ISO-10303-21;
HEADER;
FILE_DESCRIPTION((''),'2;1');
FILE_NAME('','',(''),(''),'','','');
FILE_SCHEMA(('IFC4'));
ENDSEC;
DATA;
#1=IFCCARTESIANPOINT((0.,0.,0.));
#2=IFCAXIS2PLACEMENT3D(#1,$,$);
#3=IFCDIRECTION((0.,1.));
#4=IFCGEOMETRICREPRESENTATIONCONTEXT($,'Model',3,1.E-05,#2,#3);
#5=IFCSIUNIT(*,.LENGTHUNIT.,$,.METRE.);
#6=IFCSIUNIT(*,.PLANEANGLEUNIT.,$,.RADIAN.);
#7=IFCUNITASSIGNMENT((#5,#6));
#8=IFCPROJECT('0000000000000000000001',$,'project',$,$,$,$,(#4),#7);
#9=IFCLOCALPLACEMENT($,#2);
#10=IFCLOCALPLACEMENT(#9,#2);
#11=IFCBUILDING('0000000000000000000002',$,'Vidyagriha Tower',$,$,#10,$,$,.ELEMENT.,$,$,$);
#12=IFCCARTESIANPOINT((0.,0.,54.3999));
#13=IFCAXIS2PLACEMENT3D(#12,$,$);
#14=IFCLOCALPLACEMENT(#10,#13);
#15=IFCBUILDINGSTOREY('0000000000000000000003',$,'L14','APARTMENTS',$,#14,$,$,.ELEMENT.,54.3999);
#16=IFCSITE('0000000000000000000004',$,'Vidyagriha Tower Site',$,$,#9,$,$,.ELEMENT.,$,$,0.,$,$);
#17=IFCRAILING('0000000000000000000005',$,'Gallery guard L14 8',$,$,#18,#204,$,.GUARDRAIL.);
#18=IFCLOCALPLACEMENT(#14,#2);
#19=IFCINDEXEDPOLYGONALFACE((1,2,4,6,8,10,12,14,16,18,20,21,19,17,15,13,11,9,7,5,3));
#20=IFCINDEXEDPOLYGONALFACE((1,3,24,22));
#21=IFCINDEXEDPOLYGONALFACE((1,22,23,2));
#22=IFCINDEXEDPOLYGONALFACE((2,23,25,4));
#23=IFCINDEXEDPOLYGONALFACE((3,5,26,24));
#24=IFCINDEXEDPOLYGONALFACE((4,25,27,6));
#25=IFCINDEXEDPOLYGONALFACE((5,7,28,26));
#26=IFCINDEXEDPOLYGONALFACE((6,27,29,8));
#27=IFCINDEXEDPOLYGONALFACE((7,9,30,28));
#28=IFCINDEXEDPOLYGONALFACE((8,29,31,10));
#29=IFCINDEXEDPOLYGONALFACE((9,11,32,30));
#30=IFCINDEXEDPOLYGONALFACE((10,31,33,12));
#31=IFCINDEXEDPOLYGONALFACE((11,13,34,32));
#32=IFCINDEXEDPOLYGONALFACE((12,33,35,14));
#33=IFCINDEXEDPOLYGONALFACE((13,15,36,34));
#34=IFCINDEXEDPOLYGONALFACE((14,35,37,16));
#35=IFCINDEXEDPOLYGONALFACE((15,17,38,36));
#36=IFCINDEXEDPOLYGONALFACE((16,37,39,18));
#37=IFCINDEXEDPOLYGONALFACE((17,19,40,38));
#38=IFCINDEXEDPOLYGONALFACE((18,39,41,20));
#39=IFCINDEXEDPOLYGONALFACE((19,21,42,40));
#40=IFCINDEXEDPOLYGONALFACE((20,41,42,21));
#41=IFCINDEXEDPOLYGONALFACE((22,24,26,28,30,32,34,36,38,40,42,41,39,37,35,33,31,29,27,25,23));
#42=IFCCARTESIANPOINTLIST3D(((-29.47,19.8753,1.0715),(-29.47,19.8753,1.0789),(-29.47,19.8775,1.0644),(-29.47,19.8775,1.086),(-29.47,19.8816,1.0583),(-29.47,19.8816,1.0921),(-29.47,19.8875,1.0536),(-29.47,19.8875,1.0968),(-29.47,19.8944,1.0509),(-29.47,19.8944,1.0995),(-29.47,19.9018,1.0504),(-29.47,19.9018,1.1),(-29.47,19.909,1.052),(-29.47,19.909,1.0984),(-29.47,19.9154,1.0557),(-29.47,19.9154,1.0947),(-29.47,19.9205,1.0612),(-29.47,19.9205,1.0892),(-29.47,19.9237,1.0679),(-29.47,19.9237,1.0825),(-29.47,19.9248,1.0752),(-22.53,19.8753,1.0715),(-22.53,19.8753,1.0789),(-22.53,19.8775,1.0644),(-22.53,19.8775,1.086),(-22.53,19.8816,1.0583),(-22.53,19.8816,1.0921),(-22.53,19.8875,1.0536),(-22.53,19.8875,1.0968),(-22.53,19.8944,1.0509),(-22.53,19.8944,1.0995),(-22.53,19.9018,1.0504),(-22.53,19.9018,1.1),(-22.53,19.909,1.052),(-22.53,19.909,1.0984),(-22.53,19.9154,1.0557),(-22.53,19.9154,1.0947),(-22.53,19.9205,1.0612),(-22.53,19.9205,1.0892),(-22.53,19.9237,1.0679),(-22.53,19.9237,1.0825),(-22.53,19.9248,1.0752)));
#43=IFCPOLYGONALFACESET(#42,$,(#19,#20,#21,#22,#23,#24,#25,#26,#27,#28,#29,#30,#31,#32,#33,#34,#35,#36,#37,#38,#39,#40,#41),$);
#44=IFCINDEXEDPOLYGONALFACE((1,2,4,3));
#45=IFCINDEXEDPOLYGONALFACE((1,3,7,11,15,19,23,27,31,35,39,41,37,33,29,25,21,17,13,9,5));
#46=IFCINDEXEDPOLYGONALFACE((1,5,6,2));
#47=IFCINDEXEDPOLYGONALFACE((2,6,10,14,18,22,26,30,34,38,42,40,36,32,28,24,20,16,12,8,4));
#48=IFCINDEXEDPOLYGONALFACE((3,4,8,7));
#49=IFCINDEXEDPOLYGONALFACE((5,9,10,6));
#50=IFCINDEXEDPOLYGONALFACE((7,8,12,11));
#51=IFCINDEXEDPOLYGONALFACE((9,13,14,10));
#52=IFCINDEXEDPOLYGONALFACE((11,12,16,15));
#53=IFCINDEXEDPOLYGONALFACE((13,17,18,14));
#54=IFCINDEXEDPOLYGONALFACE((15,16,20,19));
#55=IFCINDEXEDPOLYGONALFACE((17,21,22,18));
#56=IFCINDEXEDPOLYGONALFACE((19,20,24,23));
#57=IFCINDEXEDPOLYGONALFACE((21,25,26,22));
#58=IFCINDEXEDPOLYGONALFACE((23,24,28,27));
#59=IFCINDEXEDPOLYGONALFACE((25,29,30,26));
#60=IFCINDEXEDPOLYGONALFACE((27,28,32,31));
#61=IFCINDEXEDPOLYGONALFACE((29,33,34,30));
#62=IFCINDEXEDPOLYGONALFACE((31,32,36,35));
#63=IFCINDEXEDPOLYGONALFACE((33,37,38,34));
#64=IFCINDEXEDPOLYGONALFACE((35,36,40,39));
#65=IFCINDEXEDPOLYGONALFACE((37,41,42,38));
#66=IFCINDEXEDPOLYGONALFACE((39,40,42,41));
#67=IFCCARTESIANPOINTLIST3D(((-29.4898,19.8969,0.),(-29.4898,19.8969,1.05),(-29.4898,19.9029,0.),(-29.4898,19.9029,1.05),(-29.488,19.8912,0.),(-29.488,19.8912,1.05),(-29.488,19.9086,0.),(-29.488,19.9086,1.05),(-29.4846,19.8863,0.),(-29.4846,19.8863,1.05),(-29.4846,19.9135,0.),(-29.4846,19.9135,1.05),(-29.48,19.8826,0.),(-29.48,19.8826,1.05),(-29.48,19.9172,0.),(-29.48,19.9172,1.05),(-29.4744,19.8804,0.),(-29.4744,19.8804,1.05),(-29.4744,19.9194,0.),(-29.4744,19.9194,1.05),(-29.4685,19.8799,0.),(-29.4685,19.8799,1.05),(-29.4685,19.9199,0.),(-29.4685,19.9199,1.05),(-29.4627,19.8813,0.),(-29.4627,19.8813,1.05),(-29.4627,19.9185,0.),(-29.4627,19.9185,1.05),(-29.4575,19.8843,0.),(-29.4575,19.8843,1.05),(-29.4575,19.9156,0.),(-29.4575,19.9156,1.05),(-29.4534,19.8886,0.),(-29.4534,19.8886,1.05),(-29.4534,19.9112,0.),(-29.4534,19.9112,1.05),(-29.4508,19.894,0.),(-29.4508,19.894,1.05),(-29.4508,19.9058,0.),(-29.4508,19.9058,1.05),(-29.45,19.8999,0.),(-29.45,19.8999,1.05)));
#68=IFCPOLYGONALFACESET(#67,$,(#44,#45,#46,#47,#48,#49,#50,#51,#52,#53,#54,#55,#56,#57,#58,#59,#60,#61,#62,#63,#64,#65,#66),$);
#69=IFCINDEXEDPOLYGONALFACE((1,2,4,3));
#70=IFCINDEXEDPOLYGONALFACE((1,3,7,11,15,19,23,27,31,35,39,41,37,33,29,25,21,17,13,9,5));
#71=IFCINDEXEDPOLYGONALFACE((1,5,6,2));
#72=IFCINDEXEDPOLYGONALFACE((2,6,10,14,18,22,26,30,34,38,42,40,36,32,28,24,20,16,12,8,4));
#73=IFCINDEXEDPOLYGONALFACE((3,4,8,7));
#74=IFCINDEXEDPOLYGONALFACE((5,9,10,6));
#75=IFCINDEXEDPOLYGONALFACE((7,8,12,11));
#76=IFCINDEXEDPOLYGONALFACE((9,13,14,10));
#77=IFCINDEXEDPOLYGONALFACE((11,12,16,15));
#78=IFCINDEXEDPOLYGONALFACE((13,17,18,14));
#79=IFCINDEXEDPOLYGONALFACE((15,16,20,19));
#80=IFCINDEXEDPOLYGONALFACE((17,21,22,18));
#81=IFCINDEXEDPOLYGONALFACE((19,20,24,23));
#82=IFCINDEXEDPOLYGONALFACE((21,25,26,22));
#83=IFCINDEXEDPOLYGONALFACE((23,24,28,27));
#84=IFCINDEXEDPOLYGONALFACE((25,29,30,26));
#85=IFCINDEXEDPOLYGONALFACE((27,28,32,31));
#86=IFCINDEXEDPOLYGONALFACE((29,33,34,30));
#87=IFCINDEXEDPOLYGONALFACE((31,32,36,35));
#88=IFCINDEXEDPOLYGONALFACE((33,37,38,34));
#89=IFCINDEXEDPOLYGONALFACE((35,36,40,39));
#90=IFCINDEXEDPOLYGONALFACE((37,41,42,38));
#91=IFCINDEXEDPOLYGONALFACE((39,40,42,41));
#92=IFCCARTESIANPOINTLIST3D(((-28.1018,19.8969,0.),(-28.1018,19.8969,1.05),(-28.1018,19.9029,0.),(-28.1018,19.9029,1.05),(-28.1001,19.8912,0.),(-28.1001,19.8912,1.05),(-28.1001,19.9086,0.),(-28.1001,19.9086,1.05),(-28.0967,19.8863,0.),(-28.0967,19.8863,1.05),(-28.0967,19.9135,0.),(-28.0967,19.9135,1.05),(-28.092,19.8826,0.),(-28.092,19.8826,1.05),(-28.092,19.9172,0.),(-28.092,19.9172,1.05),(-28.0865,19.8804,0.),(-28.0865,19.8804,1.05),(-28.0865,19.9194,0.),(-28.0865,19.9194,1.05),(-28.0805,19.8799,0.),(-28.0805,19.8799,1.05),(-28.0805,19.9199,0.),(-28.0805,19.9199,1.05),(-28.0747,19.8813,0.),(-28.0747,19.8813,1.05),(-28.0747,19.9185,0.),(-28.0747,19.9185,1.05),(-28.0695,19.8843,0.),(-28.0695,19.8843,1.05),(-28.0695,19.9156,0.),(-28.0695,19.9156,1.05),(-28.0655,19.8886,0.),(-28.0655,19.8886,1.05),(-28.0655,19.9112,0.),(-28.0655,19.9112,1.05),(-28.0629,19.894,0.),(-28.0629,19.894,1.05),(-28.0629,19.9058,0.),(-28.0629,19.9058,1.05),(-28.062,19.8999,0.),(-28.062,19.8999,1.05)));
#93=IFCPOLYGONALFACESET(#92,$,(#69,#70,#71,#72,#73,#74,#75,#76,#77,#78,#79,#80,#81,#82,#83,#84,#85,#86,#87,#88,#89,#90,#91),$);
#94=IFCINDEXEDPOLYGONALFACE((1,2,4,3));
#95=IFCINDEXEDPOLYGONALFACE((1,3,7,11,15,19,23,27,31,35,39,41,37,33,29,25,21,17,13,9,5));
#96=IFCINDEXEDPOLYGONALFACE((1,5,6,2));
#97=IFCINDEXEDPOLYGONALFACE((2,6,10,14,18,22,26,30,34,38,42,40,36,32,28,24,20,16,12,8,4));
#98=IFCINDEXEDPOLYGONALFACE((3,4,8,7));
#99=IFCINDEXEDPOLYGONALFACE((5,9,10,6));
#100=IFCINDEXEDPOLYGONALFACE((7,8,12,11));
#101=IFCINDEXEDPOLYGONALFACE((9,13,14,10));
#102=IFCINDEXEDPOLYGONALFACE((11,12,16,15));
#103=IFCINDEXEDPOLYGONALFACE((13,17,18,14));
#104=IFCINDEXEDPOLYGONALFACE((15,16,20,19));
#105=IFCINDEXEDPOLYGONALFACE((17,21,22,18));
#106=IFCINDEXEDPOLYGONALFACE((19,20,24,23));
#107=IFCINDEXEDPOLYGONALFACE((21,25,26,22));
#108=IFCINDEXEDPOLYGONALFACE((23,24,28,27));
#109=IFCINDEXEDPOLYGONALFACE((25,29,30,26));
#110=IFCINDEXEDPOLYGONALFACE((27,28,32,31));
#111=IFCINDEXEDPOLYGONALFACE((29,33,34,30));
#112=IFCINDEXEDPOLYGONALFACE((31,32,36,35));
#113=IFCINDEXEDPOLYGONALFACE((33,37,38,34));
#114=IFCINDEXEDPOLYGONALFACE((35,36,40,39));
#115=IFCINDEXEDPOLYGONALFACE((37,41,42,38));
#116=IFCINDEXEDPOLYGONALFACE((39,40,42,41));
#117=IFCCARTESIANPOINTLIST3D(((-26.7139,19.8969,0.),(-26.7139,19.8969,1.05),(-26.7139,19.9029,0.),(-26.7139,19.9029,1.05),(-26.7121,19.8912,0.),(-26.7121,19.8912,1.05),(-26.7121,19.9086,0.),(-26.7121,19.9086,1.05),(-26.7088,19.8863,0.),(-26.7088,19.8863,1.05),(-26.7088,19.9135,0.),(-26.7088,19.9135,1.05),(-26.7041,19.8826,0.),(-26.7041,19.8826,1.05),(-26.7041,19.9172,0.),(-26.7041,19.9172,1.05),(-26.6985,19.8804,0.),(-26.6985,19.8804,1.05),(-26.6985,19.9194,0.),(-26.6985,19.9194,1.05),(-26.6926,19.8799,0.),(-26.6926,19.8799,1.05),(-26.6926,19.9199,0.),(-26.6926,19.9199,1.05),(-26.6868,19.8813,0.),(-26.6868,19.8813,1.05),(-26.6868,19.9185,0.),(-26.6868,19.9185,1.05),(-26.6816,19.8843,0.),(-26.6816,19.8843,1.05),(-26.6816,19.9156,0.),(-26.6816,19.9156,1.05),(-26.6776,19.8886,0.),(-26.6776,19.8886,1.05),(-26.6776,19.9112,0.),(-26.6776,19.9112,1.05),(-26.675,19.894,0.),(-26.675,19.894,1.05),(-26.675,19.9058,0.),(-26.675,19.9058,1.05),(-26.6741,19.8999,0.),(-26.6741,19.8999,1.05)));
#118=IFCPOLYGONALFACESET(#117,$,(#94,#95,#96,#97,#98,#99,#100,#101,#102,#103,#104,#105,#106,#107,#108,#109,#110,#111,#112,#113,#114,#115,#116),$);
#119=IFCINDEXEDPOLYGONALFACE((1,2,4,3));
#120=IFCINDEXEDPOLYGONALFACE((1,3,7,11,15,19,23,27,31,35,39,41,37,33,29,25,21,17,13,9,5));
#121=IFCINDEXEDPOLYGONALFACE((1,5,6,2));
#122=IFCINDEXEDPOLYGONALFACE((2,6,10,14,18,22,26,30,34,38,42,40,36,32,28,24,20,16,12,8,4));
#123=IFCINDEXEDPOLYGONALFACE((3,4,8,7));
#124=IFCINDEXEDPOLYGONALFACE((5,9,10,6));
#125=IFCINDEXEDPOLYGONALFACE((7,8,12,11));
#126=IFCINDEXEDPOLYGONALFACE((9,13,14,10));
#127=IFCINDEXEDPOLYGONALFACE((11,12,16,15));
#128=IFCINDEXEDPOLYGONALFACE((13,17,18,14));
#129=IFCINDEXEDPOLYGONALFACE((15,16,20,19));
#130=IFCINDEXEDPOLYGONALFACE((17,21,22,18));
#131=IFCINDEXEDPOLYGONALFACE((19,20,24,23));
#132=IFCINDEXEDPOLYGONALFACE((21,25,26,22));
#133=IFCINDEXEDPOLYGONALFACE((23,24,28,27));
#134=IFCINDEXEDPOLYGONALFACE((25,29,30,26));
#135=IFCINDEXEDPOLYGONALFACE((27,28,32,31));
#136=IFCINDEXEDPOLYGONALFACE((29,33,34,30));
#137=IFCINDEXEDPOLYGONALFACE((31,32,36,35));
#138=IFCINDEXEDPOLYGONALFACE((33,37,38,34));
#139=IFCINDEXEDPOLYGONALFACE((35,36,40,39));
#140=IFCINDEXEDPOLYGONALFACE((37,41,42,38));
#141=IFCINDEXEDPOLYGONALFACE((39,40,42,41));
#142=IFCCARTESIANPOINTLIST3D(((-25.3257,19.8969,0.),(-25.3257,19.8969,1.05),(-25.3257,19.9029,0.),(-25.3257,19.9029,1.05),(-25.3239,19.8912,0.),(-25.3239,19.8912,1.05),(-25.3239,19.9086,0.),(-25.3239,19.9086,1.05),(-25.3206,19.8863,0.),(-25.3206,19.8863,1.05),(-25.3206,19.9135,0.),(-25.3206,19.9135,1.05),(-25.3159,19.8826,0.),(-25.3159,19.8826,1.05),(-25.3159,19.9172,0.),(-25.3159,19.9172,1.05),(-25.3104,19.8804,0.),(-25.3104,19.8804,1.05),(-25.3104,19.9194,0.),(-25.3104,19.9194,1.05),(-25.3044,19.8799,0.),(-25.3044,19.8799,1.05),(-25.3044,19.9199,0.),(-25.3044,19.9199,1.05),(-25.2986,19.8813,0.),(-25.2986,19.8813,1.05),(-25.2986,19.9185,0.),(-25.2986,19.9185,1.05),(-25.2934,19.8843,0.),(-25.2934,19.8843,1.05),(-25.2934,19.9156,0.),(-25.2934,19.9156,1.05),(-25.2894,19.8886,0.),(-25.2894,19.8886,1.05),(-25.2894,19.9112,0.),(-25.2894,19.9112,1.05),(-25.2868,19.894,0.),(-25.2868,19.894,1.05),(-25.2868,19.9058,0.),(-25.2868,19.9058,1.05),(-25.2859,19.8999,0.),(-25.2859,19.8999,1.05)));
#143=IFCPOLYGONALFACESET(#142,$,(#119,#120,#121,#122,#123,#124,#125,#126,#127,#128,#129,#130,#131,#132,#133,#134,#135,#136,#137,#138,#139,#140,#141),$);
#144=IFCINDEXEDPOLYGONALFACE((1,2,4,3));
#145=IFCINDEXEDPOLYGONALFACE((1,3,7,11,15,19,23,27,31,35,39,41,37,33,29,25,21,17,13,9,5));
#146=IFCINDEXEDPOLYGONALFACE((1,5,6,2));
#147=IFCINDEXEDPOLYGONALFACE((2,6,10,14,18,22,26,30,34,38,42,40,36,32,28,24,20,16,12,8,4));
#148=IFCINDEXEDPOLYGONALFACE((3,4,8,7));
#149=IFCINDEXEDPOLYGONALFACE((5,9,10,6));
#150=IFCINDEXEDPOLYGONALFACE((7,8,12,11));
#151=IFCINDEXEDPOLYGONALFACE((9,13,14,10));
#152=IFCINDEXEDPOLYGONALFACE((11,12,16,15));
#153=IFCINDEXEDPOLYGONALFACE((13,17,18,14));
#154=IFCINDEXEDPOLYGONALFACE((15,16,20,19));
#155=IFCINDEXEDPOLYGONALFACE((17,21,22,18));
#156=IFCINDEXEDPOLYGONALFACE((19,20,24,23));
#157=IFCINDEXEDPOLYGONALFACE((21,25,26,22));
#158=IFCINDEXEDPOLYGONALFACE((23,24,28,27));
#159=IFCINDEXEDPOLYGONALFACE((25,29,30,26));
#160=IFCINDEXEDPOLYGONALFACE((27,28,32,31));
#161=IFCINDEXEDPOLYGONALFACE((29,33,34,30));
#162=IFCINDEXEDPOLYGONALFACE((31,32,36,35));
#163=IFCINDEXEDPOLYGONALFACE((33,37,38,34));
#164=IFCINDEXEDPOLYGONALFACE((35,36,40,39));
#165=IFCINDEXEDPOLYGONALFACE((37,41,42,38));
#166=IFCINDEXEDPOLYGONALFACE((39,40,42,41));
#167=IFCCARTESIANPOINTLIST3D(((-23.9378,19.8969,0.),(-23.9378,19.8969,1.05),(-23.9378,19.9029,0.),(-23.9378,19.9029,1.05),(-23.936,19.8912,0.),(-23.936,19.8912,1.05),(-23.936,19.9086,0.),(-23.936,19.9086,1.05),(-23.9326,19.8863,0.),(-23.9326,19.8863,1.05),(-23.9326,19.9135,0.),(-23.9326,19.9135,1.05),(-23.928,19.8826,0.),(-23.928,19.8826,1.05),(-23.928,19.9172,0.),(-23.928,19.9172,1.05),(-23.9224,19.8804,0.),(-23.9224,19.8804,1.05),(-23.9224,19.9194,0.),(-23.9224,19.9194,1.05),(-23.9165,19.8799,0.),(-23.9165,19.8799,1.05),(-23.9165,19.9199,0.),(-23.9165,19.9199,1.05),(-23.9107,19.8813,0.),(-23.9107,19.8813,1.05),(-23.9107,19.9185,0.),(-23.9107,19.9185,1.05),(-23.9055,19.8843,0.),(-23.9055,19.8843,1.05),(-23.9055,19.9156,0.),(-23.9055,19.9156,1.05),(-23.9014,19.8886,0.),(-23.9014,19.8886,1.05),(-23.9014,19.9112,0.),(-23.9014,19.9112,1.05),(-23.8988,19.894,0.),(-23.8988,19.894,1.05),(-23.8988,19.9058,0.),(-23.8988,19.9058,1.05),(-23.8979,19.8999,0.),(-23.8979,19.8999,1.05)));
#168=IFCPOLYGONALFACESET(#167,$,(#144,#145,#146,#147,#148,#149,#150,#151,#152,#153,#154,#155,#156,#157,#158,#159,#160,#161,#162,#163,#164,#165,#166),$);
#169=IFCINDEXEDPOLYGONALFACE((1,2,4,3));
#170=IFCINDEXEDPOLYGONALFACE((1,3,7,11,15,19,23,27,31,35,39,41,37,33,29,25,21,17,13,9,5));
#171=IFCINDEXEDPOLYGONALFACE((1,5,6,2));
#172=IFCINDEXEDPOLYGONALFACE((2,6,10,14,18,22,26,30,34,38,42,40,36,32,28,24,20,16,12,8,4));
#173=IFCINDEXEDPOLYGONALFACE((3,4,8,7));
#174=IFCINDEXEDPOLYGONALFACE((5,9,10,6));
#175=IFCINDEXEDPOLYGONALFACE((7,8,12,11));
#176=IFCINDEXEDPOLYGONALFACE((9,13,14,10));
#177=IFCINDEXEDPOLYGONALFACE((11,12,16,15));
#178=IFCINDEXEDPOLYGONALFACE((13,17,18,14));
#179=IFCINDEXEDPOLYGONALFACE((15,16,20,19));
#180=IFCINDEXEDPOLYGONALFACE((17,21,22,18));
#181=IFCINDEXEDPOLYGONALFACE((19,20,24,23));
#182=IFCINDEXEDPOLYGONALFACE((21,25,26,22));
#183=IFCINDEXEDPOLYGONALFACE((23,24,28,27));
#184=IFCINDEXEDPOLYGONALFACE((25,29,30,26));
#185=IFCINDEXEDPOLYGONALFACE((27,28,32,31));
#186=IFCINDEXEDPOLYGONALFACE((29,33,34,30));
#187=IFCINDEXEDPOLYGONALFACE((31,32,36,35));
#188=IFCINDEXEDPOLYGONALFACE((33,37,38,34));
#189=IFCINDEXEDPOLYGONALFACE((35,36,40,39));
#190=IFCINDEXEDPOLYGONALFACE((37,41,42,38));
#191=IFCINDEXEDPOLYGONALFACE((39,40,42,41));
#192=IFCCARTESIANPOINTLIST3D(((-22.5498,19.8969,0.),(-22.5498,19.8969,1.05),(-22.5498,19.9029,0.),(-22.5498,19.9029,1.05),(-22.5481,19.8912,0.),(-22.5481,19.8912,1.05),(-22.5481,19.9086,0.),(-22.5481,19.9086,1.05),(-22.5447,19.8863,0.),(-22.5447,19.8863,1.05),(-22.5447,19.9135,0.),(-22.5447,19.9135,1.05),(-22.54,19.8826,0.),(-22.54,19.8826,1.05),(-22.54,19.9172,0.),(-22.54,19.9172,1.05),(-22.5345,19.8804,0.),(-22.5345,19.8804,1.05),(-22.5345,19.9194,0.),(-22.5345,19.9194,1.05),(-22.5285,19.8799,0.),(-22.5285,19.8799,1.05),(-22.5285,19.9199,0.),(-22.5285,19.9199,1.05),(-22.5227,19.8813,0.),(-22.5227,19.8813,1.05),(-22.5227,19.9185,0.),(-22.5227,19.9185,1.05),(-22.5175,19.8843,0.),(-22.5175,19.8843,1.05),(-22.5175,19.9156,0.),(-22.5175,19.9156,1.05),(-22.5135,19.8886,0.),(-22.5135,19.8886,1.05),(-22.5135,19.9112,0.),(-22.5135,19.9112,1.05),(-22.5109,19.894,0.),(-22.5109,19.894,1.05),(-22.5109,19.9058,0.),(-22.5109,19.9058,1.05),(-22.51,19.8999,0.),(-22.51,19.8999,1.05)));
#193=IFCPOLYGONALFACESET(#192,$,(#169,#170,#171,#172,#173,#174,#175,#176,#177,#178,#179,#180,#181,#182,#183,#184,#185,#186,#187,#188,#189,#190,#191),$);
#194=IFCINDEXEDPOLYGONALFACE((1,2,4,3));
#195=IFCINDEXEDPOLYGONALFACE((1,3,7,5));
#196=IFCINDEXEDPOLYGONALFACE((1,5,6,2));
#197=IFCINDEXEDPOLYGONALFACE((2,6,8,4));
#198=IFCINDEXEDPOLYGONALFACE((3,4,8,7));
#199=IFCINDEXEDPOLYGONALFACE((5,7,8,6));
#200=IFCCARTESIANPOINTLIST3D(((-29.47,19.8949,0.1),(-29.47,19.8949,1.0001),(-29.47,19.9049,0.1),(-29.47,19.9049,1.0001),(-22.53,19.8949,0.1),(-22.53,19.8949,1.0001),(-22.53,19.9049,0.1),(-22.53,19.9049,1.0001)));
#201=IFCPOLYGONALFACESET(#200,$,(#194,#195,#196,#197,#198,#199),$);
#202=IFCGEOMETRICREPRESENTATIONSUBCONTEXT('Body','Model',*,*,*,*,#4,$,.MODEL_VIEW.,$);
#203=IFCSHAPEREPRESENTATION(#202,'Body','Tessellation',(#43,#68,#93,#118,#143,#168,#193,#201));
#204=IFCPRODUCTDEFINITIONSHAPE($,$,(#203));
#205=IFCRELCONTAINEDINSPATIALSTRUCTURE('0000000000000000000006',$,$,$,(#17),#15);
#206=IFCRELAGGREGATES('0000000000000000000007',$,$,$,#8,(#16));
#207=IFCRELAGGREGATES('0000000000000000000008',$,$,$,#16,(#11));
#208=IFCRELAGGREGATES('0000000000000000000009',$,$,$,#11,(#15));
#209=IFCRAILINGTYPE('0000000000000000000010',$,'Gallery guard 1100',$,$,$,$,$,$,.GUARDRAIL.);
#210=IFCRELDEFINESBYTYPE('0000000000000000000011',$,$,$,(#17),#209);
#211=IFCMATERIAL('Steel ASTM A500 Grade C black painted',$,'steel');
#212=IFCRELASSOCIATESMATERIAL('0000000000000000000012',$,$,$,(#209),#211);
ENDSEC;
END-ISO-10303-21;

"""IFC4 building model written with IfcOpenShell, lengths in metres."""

from ifc_helpers import new_model, si_unit, direction, frame, origin, origin_2d, place, context, subcontext, project, spatial, rectangle, circle, extrude, material, type_object, element, save


model = new_model("IFC4")

# Units and contexts
model_context = context("Model", 3, precision=1e-05, world=origin(), true_north=direction((0.0, 1.0)))
body_context = subcontext(model_context, "Body", "Model", "MODEL_VIEW")
ifc_project = project(units=[si_unit("LENGTHUNIT", "METRE"), si_unit("PLANEANGLEUNIT", "RADIAN")], contexts=[model_context])

# Site, building, storey
site_placement = place(None, origin())
site = spatial("IfcSite", under=ifc_project, at=site_placement, Name="Vidyagriha Tower Site", CompositionType="ELEMENT", RefElevation=0.0)
building_placement = place(site_placement, origin())
building = spatial("IfcBuilding", under=site, at=building_placement, Name="Vidyagriha Tower", CompositionType="ELEMENT")
storey_placement = place(building_placement, frame((0.0, 0.0, 54.3999)))
storey = spatial("IfcBuildingStorey", under=building, at=storey_placement, Name="L14", Description="APARTMENTS", CompositionType="ELEMENT", Elevation=54.3999)

# Railing
ifc_material_1 = material(Name="Steel ASTM A500 Grade C black painted", Category="steel")
railing_type = type_object("IfcRailingType", Name="Gallery guard 1100", PredefinedType="GUARDRAIL", material=ifc_material_1)
railing_1_placement = place(storey_placement, frame((-29.47, 19.8999, 0.0)))
element("IfcRailing", 1, at=railing_1_placement, inside=storey, type_object=railing_type, Name="Gallery guard L14 8", PredefinedType="GUARDRAIL", context=body_context, shape_type="SweptSolid", body=[
    extrude(circle(Radius=0.0249, at=origin_2d()), frame((0.0, 0.0, 1.0752), z_axis=(1.0, 0.0, 0.0), x_axis=(0.0, 1.0, 0.0)), (0.0, 0.0, 1.0), 6.9399),
    extrude(circle(Radius=0.02, at=origin_2d()), origin(), (0.0, 0.0, 1.0), 1.05),
    extrude(circle(Radius=0.02, at=origin_2d()), frame((1.3879, 0.0, 0.0)), (0.0, 0.0, 1.0), 1.05),
    extrude(circle(Radius=0.02, at=origin_2d()), frame((2.7759, 0.0, 0.0)), (0.0, 0.0, 1.0), 1.05),
    extrude(circle(Radius=0.02, at=origin_2d()), frame((4.1641, 0.0, 0.0)), (0.0, 0.0, 1.0), 1.05),
    extrude(circle(Radius=0.02, at=origin_2d()), frame((5.552, 0.0, 0.0)), (0.0, 0.0, 1.0), 1.05),
    extrude(circle(Radius=0.02, at=origin_2d()), frame((6.9399, 0.0, 0.0)), (0.0, 0.0, 1.0), 1.05),
    extrude(rectangle(XDim=0.01, YDim=0.9001, at=origin_2d()), frame((0.0, 0.0, 0.55), z_axis=(1.0, 0.0, 0.0), x_axis=(0.0, 1.0, 0.0)), (0.0, 0.0, 1.0), 6.9399),
])

save(model, "model.ifc")
